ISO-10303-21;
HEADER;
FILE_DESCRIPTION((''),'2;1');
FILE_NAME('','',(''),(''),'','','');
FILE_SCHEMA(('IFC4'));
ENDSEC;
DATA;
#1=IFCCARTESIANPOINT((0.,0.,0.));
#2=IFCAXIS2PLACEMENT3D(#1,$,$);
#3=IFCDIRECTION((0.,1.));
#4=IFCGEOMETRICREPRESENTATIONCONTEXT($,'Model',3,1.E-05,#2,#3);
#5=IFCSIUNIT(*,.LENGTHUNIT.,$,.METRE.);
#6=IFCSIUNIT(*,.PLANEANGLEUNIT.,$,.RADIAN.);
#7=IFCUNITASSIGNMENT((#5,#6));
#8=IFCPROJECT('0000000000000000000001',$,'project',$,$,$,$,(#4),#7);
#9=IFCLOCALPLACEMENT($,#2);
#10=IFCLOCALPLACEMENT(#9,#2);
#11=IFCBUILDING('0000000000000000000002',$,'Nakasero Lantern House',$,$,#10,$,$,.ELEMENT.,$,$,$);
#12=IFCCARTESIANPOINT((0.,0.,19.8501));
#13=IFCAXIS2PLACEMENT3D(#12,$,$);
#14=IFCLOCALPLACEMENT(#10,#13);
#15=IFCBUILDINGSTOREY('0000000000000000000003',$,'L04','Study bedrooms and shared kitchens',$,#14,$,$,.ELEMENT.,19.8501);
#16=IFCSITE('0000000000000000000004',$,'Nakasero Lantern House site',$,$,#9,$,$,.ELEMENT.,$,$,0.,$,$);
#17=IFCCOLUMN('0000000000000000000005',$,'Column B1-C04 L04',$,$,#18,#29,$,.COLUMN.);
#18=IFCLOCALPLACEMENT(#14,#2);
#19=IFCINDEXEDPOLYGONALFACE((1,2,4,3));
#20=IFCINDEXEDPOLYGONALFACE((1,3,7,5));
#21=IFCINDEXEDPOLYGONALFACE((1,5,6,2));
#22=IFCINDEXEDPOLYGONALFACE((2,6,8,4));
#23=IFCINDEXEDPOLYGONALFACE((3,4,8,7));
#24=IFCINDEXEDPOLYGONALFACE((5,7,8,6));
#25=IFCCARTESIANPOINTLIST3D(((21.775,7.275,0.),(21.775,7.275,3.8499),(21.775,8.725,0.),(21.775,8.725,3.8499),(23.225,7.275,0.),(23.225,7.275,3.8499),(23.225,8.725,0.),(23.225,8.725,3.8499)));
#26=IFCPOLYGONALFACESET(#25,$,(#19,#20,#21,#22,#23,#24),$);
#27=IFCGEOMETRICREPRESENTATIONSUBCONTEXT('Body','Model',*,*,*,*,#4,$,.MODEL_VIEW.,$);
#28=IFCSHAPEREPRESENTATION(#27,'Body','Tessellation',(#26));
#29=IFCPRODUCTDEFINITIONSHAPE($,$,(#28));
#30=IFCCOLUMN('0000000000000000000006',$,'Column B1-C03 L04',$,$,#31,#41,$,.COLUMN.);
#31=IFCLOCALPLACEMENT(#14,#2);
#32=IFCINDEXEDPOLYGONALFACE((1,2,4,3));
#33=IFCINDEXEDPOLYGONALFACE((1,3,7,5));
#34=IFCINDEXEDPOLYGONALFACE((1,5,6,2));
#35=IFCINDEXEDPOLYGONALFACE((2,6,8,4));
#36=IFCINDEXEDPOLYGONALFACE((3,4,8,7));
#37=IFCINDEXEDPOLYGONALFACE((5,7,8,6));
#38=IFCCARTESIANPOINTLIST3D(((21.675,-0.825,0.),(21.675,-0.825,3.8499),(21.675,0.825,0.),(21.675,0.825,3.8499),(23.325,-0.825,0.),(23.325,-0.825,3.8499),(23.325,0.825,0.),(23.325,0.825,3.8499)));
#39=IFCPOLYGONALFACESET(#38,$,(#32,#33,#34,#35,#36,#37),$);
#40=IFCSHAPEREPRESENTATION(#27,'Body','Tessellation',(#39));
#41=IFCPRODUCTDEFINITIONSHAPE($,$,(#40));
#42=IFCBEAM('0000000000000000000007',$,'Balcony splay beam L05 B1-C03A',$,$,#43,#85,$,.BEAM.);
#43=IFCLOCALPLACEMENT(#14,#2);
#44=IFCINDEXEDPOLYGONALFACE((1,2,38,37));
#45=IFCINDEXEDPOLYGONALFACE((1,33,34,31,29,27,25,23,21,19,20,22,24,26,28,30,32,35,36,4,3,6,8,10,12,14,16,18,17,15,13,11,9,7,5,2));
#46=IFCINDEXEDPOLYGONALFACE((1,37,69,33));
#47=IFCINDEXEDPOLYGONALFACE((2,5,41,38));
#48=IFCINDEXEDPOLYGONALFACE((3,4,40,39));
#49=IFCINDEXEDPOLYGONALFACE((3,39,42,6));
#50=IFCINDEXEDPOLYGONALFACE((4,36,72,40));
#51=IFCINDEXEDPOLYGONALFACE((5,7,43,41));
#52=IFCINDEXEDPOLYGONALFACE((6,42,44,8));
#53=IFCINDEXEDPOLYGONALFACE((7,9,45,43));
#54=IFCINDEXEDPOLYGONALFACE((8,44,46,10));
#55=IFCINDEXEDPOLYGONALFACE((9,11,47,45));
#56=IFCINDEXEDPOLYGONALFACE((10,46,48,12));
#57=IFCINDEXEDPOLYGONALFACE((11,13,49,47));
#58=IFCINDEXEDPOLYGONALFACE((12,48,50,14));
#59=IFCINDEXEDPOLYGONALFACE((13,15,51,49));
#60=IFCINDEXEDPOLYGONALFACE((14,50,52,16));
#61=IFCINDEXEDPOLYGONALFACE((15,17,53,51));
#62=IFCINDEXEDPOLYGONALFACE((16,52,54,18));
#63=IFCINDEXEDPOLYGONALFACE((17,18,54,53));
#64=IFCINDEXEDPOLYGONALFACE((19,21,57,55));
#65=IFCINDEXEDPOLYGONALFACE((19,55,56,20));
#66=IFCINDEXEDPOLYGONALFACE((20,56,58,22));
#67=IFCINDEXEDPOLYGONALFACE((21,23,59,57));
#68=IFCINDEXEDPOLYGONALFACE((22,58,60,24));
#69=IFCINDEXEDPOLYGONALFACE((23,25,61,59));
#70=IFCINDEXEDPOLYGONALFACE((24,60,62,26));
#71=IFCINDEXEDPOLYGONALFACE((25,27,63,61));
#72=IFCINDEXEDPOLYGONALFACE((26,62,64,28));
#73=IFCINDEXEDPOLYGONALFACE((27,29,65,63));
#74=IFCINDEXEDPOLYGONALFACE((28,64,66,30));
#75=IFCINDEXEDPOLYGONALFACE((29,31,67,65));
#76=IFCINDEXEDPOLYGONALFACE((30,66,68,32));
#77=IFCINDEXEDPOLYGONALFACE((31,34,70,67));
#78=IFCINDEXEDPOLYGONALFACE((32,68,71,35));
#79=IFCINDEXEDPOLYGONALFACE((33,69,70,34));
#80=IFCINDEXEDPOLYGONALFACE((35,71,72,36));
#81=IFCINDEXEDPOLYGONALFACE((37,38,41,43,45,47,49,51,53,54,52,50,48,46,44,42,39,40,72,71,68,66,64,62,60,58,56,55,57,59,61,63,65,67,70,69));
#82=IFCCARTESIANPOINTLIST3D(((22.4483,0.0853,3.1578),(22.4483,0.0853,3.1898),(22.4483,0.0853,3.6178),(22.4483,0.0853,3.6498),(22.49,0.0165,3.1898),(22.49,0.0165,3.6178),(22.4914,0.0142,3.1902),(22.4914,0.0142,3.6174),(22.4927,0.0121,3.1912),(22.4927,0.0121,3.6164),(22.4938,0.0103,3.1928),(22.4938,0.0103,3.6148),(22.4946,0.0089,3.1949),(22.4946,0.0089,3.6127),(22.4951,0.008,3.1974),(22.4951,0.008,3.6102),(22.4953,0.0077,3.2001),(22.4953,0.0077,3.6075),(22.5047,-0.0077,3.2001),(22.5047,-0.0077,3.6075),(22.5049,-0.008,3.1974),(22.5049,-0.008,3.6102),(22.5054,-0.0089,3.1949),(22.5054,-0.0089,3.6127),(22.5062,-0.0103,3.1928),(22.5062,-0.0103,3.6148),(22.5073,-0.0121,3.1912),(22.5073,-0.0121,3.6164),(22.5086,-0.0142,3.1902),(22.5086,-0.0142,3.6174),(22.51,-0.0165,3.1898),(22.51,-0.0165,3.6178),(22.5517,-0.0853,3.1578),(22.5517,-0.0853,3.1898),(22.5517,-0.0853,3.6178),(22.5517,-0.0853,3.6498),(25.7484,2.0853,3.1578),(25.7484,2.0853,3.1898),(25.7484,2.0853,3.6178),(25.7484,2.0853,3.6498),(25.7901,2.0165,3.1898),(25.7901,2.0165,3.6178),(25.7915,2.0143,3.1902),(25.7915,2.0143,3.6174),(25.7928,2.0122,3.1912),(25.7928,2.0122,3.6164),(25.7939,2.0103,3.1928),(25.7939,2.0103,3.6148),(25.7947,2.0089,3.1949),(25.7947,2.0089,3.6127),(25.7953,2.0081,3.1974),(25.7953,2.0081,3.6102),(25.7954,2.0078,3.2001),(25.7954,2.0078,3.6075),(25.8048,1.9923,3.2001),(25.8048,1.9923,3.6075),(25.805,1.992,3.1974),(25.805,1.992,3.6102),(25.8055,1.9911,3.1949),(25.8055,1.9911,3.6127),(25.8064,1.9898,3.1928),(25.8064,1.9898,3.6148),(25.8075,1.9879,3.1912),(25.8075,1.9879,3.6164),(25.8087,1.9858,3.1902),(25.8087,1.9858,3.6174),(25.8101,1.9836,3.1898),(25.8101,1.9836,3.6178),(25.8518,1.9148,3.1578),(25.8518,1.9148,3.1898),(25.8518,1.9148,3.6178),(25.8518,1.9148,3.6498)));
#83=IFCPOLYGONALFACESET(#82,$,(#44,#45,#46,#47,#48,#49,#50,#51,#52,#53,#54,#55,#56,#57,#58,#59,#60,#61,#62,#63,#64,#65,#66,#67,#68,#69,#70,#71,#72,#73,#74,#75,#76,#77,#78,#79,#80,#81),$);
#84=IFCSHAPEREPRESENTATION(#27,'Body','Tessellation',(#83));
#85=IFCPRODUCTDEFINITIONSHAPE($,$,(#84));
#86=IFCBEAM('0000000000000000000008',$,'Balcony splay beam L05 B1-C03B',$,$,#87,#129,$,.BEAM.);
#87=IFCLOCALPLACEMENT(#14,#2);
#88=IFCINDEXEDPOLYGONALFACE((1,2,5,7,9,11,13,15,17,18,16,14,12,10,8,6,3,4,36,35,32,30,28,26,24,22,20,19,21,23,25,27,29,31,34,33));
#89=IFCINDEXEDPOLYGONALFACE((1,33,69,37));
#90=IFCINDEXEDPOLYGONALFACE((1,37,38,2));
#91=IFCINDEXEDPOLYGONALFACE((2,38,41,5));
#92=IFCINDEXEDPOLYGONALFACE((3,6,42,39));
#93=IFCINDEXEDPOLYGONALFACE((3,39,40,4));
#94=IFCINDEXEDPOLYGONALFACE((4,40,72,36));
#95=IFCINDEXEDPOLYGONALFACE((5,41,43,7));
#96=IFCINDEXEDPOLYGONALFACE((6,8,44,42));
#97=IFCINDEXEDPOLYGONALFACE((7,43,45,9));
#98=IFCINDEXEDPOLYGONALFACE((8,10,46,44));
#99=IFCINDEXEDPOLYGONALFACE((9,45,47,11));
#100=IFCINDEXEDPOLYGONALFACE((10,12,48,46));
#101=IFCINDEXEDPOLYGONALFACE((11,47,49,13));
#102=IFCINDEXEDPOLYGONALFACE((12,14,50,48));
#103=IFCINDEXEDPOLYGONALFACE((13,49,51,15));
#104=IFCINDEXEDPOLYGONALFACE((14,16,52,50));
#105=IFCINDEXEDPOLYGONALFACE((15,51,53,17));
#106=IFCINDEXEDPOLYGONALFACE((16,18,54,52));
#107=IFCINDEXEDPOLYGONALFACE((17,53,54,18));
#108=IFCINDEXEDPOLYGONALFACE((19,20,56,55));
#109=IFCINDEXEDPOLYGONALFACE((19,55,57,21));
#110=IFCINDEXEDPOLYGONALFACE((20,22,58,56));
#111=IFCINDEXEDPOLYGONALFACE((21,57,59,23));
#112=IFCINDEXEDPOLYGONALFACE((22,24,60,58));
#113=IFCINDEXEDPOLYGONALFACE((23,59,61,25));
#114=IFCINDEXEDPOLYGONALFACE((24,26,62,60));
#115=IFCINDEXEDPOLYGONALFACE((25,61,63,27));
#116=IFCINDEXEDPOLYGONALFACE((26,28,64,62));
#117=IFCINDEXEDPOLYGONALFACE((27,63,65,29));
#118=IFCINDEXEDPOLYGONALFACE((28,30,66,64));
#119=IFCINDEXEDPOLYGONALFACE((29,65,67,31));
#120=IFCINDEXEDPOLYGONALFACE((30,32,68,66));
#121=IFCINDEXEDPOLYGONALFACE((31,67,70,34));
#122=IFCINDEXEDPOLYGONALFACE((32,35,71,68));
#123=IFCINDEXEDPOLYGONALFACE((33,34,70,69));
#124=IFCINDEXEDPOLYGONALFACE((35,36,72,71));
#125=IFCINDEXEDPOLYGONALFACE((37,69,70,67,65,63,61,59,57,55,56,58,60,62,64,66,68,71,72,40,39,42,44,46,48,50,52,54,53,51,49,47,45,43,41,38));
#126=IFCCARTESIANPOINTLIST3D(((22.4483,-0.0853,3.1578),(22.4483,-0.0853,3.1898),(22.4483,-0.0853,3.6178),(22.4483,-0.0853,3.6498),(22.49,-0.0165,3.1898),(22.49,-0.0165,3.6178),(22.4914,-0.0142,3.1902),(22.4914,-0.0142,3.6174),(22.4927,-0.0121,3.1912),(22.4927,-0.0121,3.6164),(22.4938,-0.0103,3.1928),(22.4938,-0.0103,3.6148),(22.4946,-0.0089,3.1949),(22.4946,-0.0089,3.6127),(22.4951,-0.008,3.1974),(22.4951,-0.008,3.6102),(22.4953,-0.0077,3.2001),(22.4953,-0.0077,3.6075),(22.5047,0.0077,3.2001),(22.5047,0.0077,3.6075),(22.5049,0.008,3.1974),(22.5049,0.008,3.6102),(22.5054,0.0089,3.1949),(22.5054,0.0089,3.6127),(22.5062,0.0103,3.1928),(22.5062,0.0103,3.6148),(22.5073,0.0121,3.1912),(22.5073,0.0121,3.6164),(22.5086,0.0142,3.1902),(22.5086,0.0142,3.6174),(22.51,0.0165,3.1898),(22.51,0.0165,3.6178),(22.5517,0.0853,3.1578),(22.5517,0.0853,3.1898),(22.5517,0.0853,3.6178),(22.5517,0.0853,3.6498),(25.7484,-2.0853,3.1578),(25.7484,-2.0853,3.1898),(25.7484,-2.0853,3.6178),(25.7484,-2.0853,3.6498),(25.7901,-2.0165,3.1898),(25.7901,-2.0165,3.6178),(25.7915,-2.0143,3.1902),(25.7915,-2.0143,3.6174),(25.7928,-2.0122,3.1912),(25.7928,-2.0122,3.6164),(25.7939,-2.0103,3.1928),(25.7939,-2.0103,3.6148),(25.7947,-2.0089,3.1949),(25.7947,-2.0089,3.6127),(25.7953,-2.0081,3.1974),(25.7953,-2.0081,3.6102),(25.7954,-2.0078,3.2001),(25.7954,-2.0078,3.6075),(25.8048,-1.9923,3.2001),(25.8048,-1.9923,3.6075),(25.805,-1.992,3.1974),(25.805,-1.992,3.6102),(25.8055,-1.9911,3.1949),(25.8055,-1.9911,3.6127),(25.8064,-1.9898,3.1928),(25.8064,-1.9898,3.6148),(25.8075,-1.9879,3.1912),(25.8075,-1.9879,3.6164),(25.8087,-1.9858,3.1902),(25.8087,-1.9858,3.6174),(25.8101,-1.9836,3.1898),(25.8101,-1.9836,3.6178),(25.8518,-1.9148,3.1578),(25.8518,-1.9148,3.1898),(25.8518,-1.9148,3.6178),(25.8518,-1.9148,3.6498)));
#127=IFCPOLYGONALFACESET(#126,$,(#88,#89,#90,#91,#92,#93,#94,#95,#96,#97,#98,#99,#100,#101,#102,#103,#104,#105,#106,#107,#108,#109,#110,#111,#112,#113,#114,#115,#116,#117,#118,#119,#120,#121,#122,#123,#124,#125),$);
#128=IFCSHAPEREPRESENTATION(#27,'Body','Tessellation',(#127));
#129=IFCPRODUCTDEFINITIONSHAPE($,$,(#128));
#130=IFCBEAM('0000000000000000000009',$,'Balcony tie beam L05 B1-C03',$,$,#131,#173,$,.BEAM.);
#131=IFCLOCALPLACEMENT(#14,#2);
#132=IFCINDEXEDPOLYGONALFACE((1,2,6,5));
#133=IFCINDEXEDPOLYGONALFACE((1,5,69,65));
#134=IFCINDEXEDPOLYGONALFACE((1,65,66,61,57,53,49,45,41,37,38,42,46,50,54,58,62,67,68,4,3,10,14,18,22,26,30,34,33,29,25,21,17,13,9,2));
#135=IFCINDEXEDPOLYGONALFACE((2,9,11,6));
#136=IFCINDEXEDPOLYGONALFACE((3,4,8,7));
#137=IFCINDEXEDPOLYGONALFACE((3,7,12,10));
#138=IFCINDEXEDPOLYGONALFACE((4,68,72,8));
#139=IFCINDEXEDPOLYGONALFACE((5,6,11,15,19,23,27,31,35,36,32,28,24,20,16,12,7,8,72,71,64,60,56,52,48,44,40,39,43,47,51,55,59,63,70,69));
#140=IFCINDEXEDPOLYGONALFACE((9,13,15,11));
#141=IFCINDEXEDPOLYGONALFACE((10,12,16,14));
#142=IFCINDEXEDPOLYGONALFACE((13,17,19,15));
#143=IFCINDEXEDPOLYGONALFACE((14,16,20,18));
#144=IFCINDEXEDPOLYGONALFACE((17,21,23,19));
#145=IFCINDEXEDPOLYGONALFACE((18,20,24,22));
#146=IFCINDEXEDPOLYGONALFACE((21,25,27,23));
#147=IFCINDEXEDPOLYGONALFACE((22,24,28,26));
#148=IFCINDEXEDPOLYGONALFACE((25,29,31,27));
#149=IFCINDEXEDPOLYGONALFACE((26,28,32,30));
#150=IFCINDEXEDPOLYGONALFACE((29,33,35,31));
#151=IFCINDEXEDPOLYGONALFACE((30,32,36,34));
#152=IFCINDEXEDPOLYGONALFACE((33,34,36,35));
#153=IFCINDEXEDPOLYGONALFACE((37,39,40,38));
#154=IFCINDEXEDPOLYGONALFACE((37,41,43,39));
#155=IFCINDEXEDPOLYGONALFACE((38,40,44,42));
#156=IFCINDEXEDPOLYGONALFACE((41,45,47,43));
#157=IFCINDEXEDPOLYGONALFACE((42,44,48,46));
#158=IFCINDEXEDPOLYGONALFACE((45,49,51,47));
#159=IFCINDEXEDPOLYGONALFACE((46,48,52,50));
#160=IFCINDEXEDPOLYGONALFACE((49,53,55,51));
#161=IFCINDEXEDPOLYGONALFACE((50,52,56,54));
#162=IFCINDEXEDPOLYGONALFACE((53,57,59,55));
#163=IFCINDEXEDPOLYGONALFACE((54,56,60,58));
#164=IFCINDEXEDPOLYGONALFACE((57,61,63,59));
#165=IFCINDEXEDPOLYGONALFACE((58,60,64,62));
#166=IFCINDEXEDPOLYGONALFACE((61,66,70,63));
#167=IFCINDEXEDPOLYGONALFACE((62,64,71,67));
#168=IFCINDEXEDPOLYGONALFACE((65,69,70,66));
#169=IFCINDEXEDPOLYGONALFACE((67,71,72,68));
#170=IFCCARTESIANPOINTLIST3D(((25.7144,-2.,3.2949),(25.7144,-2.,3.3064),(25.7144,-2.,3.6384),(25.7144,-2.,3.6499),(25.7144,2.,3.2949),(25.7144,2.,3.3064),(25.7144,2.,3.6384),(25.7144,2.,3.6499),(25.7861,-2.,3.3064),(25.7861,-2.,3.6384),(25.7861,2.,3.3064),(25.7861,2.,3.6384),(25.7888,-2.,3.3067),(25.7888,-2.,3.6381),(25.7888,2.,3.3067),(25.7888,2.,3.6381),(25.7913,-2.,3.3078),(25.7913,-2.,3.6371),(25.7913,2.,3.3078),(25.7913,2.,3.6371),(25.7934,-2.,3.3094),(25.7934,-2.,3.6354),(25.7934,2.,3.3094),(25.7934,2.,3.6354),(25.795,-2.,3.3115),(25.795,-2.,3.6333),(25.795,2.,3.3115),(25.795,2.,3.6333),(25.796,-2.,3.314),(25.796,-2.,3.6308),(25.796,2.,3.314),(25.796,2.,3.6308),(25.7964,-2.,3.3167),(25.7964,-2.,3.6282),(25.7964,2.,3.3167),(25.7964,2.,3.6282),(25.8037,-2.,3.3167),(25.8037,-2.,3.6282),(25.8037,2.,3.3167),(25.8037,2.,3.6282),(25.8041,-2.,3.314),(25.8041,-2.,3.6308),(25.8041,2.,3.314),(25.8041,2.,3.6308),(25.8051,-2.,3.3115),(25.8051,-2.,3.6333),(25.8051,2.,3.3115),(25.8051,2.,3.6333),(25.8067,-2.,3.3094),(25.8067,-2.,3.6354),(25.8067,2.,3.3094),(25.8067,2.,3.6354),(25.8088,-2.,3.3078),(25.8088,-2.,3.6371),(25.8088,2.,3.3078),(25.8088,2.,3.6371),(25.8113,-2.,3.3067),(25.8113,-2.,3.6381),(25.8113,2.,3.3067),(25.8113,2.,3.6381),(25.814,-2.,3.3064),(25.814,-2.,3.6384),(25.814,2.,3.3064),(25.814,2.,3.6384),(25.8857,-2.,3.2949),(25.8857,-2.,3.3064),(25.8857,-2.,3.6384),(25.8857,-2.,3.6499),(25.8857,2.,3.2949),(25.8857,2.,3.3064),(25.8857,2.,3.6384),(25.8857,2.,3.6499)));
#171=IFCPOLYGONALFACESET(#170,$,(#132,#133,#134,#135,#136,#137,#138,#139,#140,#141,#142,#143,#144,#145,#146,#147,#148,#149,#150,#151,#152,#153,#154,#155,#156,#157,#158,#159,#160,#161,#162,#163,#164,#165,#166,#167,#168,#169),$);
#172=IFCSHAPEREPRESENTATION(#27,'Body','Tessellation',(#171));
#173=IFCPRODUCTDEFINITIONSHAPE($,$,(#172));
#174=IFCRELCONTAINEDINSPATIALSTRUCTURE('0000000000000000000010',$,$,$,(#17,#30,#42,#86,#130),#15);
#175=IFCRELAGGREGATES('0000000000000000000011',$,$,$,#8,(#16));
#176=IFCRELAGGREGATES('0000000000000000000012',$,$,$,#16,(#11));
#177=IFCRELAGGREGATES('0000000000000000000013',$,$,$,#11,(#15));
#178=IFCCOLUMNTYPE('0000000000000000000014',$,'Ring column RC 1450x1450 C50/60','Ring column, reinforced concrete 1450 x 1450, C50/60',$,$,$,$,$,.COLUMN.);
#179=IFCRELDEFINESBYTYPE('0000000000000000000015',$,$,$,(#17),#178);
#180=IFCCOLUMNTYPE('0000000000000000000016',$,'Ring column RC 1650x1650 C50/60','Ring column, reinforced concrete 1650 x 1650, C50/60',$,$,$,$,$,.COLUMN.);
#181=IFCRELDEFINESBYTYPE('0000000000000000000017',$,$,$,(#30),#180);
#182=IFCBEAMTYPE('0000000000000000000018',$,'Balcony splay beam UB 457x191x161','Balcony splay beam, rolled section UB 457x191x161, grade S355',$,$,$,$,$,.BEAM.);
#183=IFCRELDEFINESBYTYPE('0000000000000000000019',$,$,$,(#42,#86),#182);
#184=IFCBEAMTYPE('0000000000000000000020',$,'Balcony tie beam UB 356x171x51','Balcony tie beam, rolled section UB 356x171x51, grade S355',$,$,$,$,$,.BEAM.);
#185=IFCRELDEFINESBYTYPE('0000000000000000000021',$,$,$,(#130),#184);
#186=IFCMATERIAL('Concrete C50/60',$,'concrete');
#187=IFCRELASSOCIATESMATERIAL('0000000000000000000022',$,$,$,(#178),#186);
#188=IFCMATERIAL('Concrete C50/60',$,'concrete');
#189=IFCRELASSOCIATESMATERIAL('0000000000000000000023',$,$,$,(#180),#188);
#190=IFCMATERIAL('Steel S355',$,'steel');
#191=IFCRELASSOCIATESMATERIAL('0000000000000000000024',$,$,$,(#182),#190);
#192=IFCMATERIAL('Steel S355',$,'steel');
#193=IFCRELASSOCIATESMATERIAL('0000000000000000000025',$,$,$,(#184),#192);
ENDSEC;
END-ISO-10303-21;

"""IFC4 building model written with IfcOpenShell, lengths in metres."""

from ifc_helpers import new_model, si_unit, direction, frame, origin, origin_2d, place, context, subcontext, project, spatial, rectangle, i_section, extrude, material, material_profile, profile_set, type_object, element, save


model = new_model("IFC4")

# Units and contexts
model_context = context("Model", 3, precision=1e-05, world=origin(), true_north=direction((0.0, 1.0)))
body_context = subcontext(model_context, "Body", "Model", "MODEL_VIEW")
ifc_project = project(units=[si_unit("LENGTHUNIT", "METRE"), si_unit("PLANEANGLEUNIT", "RADIAN")], contexts=[model_context])

# Site, building, storey
site_placement = place(None, origin())
site = spatial("IfcSite", under=ifc_project, at=site_placement, Name="Nakasero Lantern House site", CompositionType="ELEMENT", RefElevation=0.0)
building_placement = place(site_placement, origin())
building = spatial("IfcBuilding", under=site, at=building_placement, Name="Nakasero Lantern House", CompositionType="ELEMENT")
storey_placement = place(building_placement, frame((0.0, 0.0, 19.8501)))
storey = spatial("IfcBuildingStorey", under=building, at=storey_placement, Name="L04", Description="Study bedrooms and shared kitchens", CompositionType="ELEMENT", Elevation=19.8501)

# Columns
ifc_material_1 = material(Name="Concrete C50/60", Category="concrete")
ifc_material_profile_1 = material_profile(ifc_material_1, rectangle(XDim=1.45, YDim=1.45, at=origin_2d()), Name="RC 1450x1450")
ifc_profile_set_1 = profile_set([ifc_material_profile_1], Name="Concrete C50/60")
column_type_1 = type_object("IfcColumnType", Name="Ring column RC 1450x1450 C50/60", Description="Ring column, reinforced concrete 1450 x 1450, C50/60", PredefinedType="COLUMN", material=ifc_profile_set_1)
column_1_placement = place(storey_placement, frame((22.5, 8.0, 0.0), z_axis=(0.0, 0.0, 1.0), x_axis=(1.0, 0.0, 0.0)))
element("IfcColumn", 1, at=column_1_placement, inside=storey, type_object=column_type_1, Name="Column B1-C04 L04", PredefinedType="COLUMN", context=body_context, shape_type="SweptSolid", body=[
    extrude(rectangle(XDim=1.45, YDim=1.45, at=origin_2d()), origin(), (0.0, 0.0, 1.0), 3.8499),
])
ifc_material_2 = material(Name="Concrete C50/60", Category="concrete")
ifc_material_profile_2 = material_profile(ifc_material_2, rectangle(XDim=1.6499, YDim=1.6499, at=origin_2d()), Name="RC 1650x1650")
ifc_profile_set_2 = profile_set([ifc_material_profile_2], Name="Concrete C50/60")
column_type_2 = type_object("IfcColumnType", Name="Ring column RC 1650x1650 C50/60", Description="Ring column, reinforced concrete 1650 x 1650, C50/60", PredefinedType="COLUMN", material=ifc_profile_set_2)
column_2_placement = place(storey_placement, frame((22.5, 0.0, 0.0), z_axis=(0.0, 0.0, 1.0), x_axis=(1.0, 0.0, 0.0)))
element("IfcColumn", 2, at=column_2_placement, inside=storey, type_object=column_type_2, Name="Column B1-C03 L04", PredefinedType="COLUMN", context=body_context, shape_type="SweptSolid", body=[
    extrude(rectangle(XDim=1.6499, YDim=1.6499, at=origin_2d()), origin(), (0.0, 0.0, 1.0), 3.8499),
])

# Beams
ifc_material_3 = material(Name="Steel S355", Category="steel")
ifc_material_profile_3 = material_profile(ifc_material_3, i_section(OverallWidth=0.1995, OverallDepth=0.4919, WebThickness=0.0181, FlangeThickness=0.032, FilletRadius=0.0103, at=origin_2d()), Name="UB 457x191x161")
ifc_profile_set_3 = profile_set([ifc_material_profile_3], Name="Steel S355")
beam_type_1 = type_object("IfcBeamType", Name="Balcony splay beam UB 457x191x161", Description="Balcony splay beam, rolled section UB 457x191x161, grade S355", PredefinedType="BEAM", material=ifc_profile_set_3)
for number, where, z_axis, x_axis, name in (
    (3, (22.5, 0.0, 3.4038), (0.855201, 0.518296, 0.0), (-0.518296, 0.855201, 0.0), "Balcony splay beam L05 B1-C03A"),
    (4, (22.5, 0.0, 3.4038), (0.855201, -0.518296, 0.0), (0.518296, 0.855201, 0.0), "Balcony splay beam L05 B1-C03B"),
):
    element("IfcBeam", number, at=place(storey_placement, frame(where, z_axis=z_axis, x_axis=x_axis)), inside=storey, type_object=beam_type_1, Name=name, PredefinedType="BEAM", context=body_context, shape_type="SweptSolid", body=[
        extrude(i_section(OverallWidth=0.1995, OverallDepth=0.4919, WebThickness=0.0181, FlangeThickness=0.032, FilletRadius=0.0103, at=origin_2d()), origin(), (0.0, 0.0, 1.0), 3.8589),
    ])
ifc_material_4 = material(Name="Steel S355", Category="steel")
ifc_material_profile_4 = material_profile(ifc_material_4, i_section(OverallWidth=0.1714, OverallDepth=0.355, WebThickness=0.0073, FlangeThickness=0.0115, FilletRadius=0.0103, at=origin_2d()), Name="UB 356x171x51")
ifc_profile_set_4 = profile_set([ifc_material_profile_4], Name="Steel S355")
beam_type_2 = type_object("IfcBeamType", Name="Balcony tie beam UB 356x171x51", Description="Balcony tie beam, rolled section UB 356x171x51, grade S355", PredefinedType="BEAM", material=ifc_profile_set_4)
beam_1_placement = place(storey_placement, frame((25.8, 2.0, 3.4724), z_axis=(0.0, -1.0, 0.0), x_axis=(1.0, 0.0, 0.0)))
element("IfcBeam", 5, at=beam_1_placement, inside=storey, type_object=beam_type_2, Name="Balcony tie beam L05 B1-C03", PredefinedType="BEAM", context=body_context, shape_type="SweptSolid", body=[
    extrude(i_section(OverallWidth=0.1714, OverallDepth=0.355, WebThickness=0.0073, FlangeThickness=0.0115, FilletRadius=0.0103, at=origin_2d()), origin(), (0.0, 0.0, 1.0), 4.0),
])

save(model, "model.ifc")
